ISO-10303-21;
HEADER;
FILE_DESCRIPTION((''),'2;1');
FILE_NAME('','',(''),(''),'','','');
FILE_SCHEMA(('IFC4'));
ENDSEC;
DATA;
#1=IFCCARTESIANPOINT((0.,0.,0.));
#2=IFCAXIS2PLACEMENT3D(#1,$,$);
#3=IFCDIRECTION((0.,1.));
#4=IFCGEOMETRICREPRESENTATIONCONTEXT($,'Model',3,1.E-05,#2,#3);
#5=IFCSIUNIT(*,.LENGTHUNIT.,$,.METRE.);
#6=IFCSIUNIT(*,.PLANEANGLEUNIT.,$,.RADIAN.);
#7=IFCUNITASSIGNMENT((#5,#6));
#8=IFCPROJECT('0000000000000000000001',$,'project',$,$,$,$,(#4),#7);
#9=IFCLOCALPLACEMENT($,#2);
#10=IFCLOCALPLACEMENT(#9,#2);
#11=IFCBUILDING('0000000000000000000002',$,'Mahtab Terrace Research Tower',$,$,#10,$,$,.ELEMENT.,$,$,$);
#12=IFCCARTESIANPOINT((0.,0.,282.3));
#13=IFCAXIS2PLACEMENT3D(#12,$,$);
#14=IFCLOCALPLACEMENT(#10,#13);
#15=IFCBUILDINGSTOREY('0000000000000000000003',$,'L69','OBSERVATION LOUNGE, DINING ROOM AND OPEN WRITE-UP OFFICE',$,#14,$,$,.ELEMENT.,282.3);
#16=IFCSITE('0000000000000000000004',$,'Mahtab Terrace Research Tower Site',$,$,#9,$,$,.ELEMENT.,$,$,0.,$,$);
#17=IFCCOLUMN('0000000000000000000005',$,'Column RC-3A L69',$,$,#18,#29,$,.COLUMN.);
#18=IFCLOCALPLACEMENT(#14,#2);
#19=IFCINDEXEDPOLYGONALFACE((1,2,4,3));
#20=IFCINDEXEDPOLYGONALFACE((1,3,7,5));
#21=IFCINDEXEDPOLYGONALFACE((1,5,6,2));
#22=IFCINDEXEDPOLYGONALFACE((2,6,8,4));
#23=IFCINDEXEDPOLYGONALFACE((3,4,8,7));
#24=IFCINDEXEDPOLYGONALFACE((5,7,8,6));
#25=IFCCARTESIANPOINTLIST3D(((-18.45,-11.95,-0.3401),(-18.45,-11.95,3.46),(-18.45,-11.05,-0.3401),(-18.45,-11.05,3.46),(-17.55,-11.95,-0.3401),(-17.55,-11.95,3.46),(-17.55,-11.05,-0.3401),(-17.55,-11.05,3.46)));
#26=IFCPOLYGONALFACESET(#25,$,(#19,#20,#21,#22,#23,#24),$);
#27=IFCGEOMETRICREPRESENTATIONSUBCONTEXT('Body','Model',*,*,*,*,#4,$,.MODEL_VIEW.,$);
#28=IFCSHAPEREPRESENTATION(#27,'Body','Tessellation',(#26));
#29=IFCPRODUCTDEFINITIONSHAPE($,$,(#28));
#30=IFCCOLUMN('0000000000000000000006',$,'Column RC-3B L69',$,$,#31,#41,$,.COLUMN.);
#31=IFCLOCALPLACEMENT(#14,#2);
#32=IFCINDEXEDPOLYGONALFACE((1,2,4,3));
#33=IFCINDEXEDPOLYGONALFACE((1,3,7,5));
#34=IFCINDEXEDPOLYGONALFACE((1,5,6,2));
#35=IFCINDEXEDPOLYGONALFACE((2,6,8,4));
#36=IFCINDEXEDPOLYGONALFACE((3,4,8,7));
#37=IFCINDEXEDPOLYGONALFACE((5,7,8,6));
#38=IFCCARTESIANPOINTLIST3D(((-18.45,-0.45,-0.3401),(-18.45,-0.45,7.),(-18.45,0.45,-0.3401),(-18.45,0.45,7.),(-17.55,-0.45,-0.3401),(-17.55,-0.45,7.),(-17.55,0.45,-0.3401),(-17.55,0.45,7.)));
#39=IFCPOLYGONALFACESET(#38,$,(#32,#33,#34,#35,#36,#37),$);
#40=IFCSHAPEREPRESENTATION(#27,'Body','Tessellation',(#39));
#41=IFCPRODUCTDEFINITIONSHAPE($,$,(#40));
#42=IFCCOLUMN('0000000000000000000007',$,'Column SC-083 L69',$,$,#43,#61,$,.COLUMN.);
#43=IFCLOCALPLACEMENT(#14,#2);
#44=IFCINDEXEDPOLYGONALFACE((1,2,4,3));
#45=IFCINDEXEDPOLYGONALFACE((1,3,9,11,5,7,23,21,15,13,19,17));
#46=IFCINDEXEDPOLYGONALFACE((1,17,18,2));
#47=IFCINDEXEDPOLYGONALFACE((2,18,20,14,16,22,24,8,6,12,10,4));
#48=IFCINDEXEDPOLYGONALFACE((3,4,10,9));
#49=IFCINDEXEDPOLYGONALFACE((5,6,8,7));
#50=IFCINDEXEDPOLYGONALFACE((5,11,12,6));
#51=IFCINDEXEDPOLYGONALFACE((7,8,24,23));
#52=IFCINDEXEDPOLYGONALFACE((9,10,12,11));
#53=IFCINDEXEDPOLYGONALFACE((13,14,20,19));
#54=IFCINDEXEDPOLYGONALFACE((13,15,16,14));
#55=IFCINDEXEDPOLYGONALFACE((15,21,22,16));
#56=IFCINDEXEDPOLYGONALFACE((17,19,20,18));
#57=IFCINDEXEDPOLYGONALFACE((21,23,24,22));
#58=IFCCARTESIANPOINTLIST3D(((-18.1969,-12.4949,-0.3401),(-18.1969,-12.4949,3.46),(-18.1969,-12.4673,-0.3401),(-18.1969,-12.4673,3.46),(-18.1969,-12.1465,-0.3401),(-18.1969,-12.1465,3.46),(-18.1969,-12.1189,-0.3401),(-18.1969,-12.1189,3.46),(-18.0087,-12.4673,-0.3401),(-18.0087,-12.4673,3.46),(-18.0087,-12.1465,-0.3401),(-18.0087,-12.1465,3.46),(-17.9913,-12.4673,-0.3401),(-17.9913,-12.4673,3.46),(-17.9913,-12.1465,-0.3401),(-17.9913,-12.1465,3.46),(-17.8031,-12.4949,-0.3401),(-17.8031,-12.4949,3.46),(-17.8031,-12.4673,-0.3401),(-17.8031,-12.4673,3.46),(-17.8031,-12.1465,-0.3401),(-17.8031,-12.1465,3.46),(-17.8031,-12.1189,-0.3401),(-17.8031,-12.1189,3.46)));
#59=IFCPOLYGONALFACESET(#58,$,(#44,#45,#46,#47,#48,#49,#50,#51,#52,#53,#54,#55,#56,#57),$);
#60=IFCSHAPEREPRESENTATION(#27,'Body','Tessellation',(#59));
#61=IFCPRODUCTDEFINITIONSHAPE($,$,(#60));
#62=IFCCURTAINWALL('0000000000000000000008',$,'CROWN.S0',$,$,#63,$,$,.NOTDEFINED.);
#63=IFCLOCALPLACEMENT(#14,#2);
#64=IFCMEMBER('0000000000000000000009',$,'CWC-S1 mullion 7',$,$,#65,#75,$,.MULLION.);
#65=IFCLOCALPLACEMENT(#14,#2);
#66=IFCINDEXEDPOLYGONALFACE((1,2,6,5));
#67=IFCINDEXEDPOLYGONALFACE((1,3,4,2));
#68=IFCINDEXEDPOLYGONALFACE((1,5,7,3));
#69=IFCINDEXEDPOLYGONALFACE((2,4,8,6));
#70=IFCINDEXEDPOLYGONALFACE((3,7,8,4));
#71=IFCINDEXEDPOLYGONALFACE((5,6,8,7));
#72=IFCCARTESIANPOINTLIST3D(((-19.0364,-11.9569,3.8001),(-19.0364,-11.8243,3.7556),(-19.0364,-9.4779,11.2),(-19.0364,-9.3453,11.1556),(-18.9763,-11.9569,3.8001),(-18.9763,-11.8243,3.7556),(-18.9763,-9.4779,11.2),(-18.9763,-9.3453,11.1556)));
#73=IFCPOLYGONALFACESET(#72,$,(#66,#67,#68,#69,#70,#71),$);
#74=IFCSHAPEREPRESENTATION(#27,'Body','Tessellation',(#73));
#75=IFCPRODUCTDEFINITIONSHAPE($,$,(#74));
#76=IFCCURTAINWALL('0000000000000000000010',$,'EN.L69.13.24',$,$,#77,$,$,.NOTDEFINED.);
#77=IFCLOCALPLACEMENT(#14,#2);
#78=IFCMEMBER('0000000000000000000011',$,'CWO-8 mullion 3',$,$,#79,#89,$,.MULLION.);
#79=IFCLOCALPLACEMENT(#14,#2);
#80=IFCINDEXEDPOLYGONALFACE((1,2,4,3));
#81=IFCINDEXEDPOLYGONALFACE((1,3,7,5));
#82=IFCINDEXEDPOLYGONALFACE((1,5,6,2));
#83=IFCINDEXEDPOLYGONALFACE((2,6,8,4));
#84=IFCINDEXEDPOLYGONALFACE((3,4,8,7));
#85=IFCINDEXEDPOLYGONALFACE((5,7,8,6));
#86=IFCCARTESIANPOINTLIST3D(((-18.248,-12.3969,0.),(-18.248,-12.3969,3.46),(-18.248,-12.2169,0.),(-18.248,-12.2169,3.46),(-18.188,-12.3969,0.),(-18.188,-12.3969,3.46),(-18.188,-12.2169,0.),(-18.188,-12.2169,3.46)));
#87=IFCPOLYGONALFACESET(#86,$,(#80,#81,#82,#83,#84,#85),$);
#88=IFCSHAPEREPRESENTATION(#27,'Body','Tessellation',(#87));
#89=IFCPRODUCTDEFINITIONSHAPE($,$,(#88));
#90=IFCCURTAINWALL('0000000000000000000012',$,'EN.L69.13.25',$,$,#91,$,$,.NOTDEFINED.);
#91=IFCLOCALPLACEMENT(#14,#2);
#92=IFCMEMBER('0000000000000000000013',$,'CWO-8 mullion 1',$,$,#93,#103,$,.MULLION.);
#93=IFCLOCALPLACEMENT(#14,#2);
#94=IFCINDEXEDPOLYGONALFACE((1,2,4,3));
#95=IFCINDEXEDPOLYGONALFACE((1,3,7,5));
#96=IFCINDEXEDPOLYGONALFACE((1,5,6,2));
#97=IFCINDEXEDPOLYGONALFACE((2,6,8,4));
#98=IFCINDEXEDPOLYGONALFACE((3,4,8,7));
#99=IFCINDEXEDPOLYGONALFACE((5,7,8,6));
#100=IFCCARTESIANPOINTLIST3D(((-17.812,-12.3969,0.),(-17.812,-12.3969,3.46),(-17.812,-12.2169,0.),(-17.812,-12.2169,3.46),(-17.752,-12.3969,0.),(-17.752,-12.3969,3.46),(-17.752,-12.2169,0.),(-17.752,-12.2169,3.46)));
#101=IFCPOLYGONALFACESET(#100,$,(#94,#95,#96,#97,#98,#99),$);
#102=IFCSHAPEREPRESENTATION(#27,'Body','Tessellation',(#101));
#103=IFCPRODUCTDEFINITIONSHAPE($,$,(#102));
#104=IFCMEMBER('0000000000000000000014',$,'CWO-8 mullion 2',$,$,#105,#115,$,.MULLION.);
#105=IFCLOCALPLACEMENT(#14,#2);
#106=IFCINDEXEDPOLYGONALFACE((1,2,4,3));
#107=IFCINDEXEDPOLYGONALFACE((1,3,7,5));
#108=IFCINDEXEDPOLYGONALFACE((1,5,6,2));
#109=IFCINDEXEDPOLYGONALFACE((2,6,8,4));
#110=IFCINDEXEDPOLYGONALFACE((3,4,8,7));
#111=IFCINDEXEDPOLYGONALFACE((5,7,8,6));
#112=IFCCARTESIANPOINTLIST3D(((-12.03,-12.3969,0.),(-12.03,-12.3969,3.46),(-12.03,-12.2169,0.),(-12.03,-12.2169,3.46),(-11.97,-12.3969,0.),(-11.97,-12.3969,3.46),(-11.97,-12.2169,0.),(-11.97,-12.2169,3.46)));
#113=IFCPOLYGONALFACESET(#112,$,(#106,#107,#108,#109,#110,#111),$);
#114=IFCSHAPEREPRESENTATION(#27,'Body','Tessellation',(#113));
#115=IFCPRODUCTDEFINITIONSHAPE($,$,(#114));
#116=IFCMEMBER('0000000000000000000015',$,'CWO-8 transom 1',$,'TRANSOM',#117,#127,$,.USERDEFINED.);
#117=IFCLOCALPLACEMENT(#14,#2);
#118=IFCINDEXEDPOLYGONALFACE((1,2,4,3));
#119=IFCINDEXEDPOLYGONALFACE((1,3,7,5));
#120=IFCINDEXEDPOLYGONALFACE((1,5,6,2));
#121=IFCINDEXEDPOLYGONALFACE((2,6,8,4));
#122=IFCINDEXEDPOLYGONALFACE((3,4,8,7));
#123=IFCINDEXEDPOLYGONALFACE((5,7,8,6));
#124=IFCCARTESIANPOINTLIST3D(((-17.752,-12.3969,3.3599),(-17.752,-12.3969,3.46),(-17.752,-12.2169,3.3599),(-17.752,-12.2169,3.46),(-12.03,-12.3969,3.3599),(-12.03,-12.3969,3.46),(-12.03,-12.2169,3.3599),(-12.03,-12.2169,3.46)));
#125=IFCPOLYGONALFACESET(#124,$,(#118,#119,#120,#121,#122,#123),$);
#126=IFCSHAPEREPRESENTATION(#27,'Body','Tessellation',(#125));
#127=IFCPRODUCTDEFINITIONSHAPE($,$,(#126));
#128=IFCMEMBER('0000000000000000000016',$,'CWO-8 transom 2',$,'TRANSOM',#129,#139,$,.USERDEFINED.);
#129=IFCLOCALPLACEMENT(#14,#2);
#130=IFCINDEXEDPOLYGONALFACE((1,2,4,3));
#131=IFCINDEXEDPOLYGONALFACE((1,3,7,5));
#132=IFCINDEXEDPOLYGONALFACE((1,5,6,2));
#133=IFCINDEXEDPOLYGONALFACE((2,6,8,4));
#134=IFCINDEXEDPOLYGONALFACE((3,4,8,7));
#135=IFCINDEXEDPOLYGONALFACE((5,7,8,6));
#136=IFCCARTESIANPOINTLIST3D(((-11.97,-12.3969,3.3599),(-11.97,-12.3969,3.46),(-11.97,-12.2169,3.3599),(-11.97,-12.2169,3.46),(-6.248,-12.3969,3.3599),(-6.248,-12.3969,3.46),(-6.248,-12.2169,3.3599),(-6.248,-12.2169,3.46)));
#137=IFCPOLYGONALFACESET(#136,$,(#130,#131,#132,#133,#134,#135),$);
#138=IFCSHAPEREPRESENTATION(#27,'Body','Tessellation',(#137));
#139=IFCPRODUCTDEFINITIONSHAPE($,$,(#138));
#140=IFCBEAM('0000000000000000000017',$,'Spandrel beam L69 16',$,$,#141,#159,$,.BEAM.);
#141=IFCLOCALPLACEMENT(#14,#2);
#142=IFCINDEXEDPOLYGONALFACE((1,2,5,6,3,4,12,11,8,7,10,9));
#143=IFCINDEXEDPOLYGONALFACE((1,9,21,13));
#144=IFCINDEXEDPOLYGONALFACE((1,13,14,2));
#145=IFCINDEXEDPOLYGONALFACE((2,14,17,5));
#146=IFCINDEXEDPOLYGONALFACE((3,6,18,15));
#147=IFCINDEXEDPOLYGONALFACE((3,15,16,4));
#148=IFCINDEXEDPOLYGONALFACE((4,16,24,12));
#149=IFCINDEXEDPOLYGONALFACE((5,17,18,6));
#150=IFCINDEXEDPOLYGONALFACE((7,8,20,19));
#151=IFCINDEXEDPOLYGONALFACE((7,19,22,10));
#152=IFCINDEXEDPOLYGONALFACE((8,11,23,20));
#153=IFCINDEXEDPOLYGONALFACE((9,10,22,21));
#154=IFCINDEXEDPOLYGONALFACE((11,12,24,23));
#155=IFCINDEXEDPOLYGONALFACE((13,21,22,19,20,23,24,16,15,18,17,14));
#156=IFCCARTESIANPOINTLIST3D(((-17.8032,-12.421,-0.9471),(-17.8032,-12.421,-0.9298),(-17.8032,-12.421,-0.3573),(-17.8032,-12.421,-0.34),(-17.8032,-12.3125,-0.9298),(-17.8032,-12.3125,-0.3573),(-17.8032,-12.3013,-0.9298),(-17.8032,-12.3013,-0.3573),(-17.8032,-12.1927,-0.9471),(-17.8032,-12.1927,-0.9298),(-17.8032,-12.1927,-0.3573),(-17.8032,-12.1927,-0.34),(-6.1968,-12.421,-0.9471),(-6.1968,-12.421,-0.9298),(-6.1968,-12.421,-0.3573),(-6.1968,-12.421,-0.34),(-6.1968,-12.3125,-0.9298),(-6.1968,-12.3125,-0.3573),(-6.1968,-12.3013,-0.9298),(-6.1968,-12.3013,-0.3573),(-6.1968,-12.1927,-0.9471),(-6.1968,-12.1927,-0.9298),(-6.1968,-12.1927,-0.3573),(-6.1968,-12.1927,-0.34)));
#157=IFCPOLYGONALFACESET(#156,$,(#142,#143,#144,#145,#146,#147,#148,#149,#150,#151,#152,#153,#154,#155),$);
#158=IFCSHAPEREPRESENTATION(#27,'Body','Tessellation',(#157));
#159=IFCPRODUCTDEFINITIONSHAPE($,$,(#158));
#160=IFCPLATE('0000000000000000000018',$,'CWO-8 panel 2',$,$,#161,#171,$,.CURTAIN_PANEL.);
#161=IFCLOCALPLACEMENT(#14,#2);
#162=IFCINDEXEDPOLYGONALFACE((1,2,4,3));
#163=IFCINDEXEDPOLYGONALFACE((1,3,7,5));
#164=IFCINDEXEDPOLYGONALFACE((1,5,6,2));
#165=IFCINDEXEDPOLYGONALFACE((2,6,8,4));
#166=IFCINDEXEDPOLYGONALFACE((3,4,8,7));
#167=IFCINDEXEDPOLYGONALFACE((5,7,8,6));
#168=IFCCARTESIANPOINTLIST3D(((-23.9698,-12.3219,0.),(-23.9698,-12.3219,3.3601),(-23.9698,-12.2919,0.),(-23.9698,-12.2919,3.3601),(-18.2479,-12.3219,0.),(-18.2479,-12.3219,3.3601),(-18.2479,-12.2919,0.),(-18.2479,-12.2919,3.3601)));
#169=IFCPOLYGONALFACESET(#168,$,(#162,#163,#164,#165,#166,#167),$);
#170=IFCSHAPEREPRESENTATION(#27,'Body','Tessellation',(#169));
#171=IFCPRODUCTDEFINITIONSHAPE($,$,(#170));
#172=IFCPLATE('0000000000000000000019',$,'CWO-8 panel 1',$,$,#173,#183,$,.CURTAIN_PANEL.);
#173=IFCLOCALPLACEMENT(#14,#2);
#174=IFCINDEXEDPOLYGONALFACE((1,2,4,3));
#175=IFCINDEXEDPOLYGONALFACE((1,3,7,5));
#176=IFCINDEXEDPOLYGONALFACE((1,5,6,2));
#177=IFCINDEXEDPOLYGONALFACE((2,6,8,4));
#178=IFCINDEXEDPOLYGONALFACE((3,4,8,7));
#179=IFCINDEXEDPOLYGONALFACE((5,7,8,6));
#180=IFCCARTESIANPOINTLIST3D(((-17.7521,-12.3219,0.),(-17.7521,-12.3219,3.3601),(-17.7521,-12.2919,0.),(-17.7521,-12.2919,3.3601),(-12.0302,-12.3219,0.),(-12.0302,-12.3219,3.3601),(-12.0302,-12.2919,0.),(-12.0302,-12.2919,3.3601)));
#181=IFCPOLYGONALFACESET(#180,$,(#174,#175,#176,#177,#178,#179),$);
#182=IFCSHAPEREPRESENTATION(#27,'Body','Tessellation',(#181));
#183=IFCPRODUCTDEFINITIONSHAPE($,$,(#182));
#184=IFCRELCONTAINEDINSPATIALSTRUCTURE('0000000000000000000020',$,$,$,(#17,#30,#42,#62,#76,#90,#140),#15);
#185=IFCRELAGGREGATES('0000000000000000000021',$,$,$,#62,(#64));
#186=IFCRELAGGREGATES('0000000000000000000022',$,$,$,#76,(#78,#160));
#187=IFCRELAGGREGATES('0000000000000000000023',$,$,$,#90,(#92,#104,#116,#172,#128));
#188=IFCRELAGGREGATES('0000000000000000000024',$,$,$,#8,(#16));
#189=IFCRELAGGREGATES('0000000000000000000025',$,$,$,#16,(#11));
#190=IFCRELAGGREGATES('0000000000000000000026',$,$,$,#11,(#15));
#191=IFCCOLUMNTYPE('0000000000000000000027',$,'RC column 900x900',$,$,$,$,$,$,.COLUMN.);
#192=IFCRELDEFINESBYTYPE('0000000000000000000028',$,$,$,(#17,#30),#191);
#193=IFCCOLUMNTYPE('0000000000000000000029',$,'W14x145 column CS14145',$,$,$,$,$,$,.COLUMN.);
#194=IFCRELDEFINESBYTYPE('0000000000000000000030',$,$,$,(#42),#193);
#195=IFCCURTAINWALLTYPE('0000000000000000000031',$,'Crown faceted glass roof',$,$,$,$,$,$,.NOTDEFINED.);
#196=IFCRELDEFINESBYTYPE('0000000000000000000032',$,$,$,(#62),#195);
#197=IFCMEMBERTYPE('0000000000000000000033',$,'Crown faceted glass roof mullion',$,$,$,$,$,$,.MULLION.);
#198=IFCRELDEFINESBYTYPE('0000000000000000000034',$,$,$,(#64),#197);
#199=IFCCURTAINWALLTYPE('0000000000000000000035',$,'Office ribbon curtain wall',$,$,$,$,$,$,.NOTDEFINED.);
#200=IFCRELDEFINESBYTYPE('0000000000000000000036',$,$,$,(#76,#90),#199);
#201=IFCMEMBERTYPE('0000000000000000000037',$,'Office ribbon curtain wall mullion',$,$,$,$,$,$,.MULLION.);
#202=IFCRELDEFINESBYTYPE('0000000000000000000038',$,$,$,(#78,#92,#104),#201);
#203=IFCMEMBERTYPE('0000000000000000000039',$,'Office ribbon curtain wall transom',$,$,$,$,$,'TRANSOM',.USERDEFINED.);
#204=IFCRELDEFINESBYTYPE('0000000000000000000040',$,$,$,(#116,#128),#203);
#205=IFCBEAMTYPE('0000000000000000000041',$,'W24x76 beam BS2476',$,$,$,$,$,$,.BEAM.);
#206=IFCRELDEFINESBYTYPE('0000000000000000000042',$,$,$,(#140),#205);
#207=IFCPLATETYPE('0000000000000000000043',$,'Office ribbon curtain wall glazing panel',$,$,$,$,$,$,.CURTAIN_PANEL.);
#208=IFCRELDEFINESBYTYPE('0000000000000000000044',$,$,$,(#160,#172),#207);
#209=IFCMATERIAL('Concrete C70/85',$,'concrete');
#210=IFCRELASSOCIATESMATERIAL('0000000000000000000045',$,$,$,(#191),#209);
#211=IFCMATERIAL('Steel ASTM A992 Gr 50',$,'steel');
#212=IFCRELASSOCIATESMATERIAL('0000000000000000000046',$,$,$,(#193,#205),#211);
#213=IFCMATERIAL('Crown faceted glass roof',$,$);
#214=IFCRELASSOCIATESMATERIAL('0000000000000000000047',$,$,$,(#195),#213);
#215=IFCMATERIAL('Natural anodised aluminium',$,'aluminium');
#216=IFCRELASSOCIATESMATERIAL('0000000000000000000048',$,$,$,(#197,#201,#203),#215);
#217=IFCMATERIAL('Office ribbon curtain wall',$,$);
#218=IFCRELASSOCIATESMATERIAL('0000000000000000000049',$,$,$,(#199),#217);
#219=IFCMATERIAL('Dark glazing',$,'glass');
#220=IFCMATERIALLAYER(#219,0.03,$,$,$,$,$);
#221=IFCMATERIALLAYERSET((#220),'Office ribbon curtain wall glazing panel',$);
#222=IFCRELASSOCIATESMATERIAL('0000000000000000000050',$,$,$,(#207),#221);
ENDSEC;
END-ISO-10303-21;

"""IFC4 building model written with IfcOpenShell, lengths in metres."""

from ifc_helpers import new_model, si_unit, direction, frame, origin, origin_2d, place, context, subcontext, project, spatial, rectangle, i_section, extrude, material, layer, layer_set, material_profile, profile_set, type_object, element, aggregate, save


model = new_model("IFC4")

# Units and contexts
model_context = context("Model", 3, precision=1e-05, world=origin(), true_north=direction((0.0, 1.0)))
body_context = subcontext(model_context, "Body", "Model", "MODEL_VIEW")
ifc_project = project(units=[si_unit("LENGTHUNIT", "METRE"), si_unit("PLANEANGLEUNIT", "RADIAN")], contexts=[model_context])

# Site, building, storey
site_placement = place(None, origin())
site = spatial("IfcSite", under=ifc_project, at=site_placement, Name="Mahtab Terrace Research Tower Site", CompositionType="ELEMENT", RefElevation=0.0)
building_placement = place(site_placement, origin())
building = spatial("IfcBuilding", under=site, at=building_placement, Name="Mahtab Terrace Research Tower", CompositionType="ELEMENT")
storey_placement = place(building_placement, frame((0.0, 0.0, 282.3)))
storey = spatial("IfcBuildingStorey", under=building, at=storey_placement, Name="L69", Description="OBSERVATION LOUNGE, DINING ROOM AND OPEN WRITE-UP OFFICE", CompositionType="ELEMENT", Elevation=282.3)

# Columns
ifc_material_1 = material(Name="Concrete C70/85", Category="concrete")
ifc_material_profile_1 = material_profile(ifc_material_1, rectangle(XDim=0.8999, YDim=0.8999, at=origin_2d()), Name="RC column 900x900")
ifc_profile_set_1 = profile_set([ifc_material_profile_1], Name="Concrete C70/85")
column_type_1 = type_object("IfcColumnType", Name="RC column 900x900", PredefinedType="COLUMN", material=ifc_profile_set_1)
column_1_placement = place(storey_placement, frame((-18.0, -11.5, -0.3401), z_axis=(0.0, 0.0, 1.0), x_axis=(1.0, 0.0, 0.0)))
element("IfcColumn", 1, at=column_1_placement, inside=storey, type_object=column_type_1, Name="Column RC-3A L69", PredefinedType="COLUMN", context=body_context, shape_type="SweptSolid", body=[
    extrude(rectangle(XDim=0.8999, YDim=0.8999, at=origin_2d()), origin(), (0.0, 0.0, 1.0), 3.8),
])
column_2_placement = place(storey_placement, frame((-18.0, 0.0, -0.3401), z_axis=(0.0, 0.0, 1.0), x_axis=(1.0, 0.0, 0.0)))
element("IfcColumn", 2, at=column_2_placement, inside=storey, type_object=column_type_1, Name="Column RC-3B L69", PredefinedType="COLUMN", context=body_context, shape_type="SweptSolid", body=[
    extrude(rectangle(XDim=0.8999, YDim=0.8999, at=origin_2d()), origin(), (0.0, 0.0, 1.0), 7.3401),
])
ifc_material_2 = material(Name="Steel ASTM A992 Gr 50", Category="steel")
ifc_material_profile_2 = material_profile(ifc_material_2, i_section(OverallWidth=0.3938, OverallDepth=0.376, WebThickness=0.0173, FlangeThickness=0.0276, at=origin_2d()), Name="W14X145")
ifc_profile_set_2 = profile_set([ifc_material_profile_2], Name="Steel ASTM A992 Gr 50")
column_type_2 = type_object("IfcColumnType", Name="W14x145 column CS14145", PredefinedType="COLUMN", material=ifc_profile_set_2)
column_3_placement = place(storey_placement, frame((-18.0, -12.3069, -0.3401), z_axis=(0.0, 0.0, 1.0), x_axis=(1.0, 0.0, 0.0)))
element("IfcColumn", 3, at=column_3_placement, inside=storey, type_object=column_type_2, Name="Column SC-083 L69", PredefinedType="COLUMN", context=body_context, shape_type="SweptSolid", body=[
    extrude(i_section(OverallWidth=0.3938, OverallDepth=0.376, WebThickness=0.0173, FlangeThickness=0.0276, at=origin_2d()), origin(), (0.0, 0.0, 1.0), 3.8),
])

# Curtain walls, members
ifc_material_3 = material(Name="Crown faceted glass roof")
curtain_wall_type_1 = type_object("IfcCurtainWallType", Name="Crown faceted glass roof", PredefinedType="NOTDEFINED", material=ifc_material_3)
curtain_wall_1_placement = place(storey_placement, origin())
curtain_wall_1 = element("IfcCurtainWall", 4, at=curtain_wall_1_placement, inside=storey, type_object=curtain_wall_type_1, Name="CROWN.S0", PredefinedType="NOTDEFINED")
ifc_material_4 = material(Name="Natural anodised aluminium", Category="aluminium")
ifc_material_profile_3 = material_profile(ifc_material_4, rectangle(XDim=0.0601, YDim=0.1399, at=origin_2d()), Name="MULLION 60x140")
ifc_profile_set_3 = profile_set([ifc_material_profile_3], Name="Natural anodised aluminium")
member_type_1 = type_object("IfcMemberType", Name="Crown faceted glass roof mullion", PredefinedType="MULLION", material=ifc_profile_set_3)
member_1_placement = place(storey_placement, frame((-19.0063, -11.8906, 3.7778), z_axis=(0.0, 0.317654, 0.948207), x_axis=(-1.0, 0.0, 0.0)))
member_1 = element("IfcMember", 5, at=member_1_placement, type_object=member_type_1, Name="CWC-S1 mullion 7", PredefinedType="MULLION", context=body_context, shape_type="SweptSolid", body=[
    extrude(rectangle(XDim=0.0601, YDim=0.1399, at=origin_2d()), origin(), (0.0, 0.0, 1.0), 7.8042),
])
aggregate(curtain_wall_1, [member_1])
ifc_material_5 = material(Name="Office ribbon curtain wall")
curtain_wall_type_2 = type_object("IfcCurtainWallType", Name="Office ribbon curtain wall", PredefinedType="NOTDEFINED", material=ifc_material_5)
curtain_wall_2_placement = place(storey_placement, origin())
curtain_wall_2 = element("IfcCurtainWall", 6, at=curtain_wall_2_placement, inside=storey, type_object=curtain_wall_type_2, Name="EN.L69.13.24", PredefinedType="NOTDEFINED")
ifc_material_profile_4 = material_profile(ifc_material_4, rectangle(XDim=0.1799, YDim=0.0601, at=origin_2d()), Name="MULLION 60x180")
ifc_profile_set_4 = profile_set([ifc_material_profile_4], Name="Natural anodised aluminium")
member_type_2 = type_object("IfcMemberType", Name="Office ribbon curtain wall mullion", PredefinedType="MULLION", material=ifc_profile_set_4)
member_2_placement = place(storey_placement, frame((-18.218, -12.3069, 0.0), z_axis=(0.0, 0.0, 1.0), x_axis=(0.0, 1.0, 0.0)))
member_2 = element("IfcMember", 7, at=member_2_placement, type_object=member_type_2, Name="CWO-8 mullion 3", PredefinedType="MULLION", context=body_context, shape_type="SweptSolid", body=[
    extrude(rectangle(XDim=0.1799, YDim=0.0601, at=origin_2d()), origin(), (0.0, 0.0, 1.0), 3.46),
])

# Curtain wall, members
curtain_wall_3_placement = place(storey_placement, origin())
curtain_wall_3 = element("IfcCurtainWall", 8, at=curtain_wall_3_placement, inside=storey, type_object=curtain_wall_type_2, Name="EN.L69.13.25", PredefinedType="NOTDEFINED")
member_3_placement = place(storey_placement, frame((-17.782, -12.3069, 0.0), z_axis=(0.0, 0.0, 1.0), x_axis=(0.0, 1.0, 0.0)))
member_3 = element("IfcMember", 9, at=member_3_placement, type_object=member_type_2, Name="CWO-8 mullion 1", PredefinedType="MULLION", context=body_context, shape_type="SweptSolid", body=[
    extrude(rectangle(XDim=0.1799, YDim=0.0601, at=origin_2d()), origin(), (0.0, 0.0, 1.0), 3.46),
])
member_4_placement = place(storey_placement, frame((-12.0, -12.3069, 0.0), z_axis=(0.0, 0.0, 1.0), x_axis=(0.0, 1.0, 0.0)))
member_4 = element("IfcMember", 10, at=member_4_placement, type_object=member_type_2, Name="CWO-8 mullion 2", PredefinedType="MULLION", context=body_context, shape_type="SweptSolid", body=[
    extrude(rectangle(XDim=0.1799, YDim=0.0601, at=origin_2d()), origin(), (0.0, 0.0, 1.0), 3.46),
])
ifc_material_profile_5 = material_profile(ifc_material_4, rectangle(XDim=0.1799, YDim=0.1001, at=origin_2d()), Name="TRANSOM 100x180")
ifc_profile_set_5 = profile_set([ifc_material_profile_5], Name="Natural anodised aluminium")
member_type_3 = type_object("IfcMemberType", Name="Office ribbon curtain wall transom", ElementType="TRANSOM", PredefinedType="USERDEFINED", material=ifc_profile_set_5)
member_5_placement = place(storey_placement, frame((-17.752, -12.3069, 3.4099), z_axis=(1.0, 0.0, 0.0), x_axis=(0.0, 1.0, 0.0)))
member_5 = element("IfcMember", 11, at=member_5_placement, type_object=member_type_3, Name="CWO-8 transom 1", ObjectType="TRANSOM", PredefinedType="USERDEFINED", context=body_context, shape_type="SweptSolid", body=[
    extrude(rectangle(XDim=0.1799, YDim=0.1001, at=origin_2d()), origin(), (0.0, 0.0, 1.0), 5.7219),
])
member_6_placement = place(storey_placement, frame((-11.97, -12.3069, 3.4099), z_axis=(1.0, 0.0, 0.0), x_axis=(0.0, 1.0, 0.0)))
member_6 = element("IfcMember", 12, at=member_6_placement, type_object=member_type_3, Name="CWO-8 transom 2", ObjectType="TRANSOM", PredefinedType="USERDEFINED", context=body_context, shape_type="SweptSolid", body=[
    extrude(rectangle(XDim=0.1799, YDim=0.1001, at=origin_2d()), origin(), (0.0, 0.0, 1.0), 5.7219),
])

# Beam
ifc_material_profile_6 = material_profile(ifc_material_2, i_section(OverallWidth=0.2283, OverallDepth=0.6072, WebThickness=0.0112, FlangeThickness=0.0173, at=origin_2d()), Name="W24X76")
ifc_profile_set_6 = profile_set([ifc_material_profile_6], Name="Steel ASTM A992 Gr 50")
beam_type = type_object("IfcBeamType", Name="W24x76 beam BS2476", PredefinedType="BEAM", material=ifc_profile_set_6)
beam_placement = place(storey_placement, frame((-17.8032, -12.3069, -0.6436), z_axis=(1.0, 0.0, 0.0), x_axis=(0.0, 1.0, 0.0)))
element("IfcBeam", 13, at=beam_placement, inside=storey, type_object=beam_type, Name="Spandrel beam L69 16", PredefinedType="BEAM", context=body_context, shape_type="SweptSolid", body=[
    extrude(i_section(OverallWidth=0.2283, OverallDepth=0.6072, WebThickness=0.0112, FlangeThickness=0.0173, at=origin_2d()), origin(), (0.0, 0.0, 1.0), 11.6064),
])

# Plates
ifc_material_6 = material(Name="Dark glazing", Category="glass")
ifc_layer_1 = layer(ifc_material_6, 0.03)
ifc_layer_set_1 = layer_set([ifc_layer_1], Name="Office ribbon curtain wall glazing panel")
plate_type = type_object("IfcPlateType", Name="Office ribbon curtain wall glazing panel", PredefinedType="CURTAIN_PANEL", material=ifc_layer_set_1)
plate_1_placement = place(storey_placement, frame((-21.1089, -12.3069, 0.0), z_axis=(0.0, 0.0, 1.0), x_axis=(1.0, 0.0, 0.0)))
plate_1 = element("IfcPlate", 14, at=plate_1_placement, type_object=plate_type, Name="CWO-8 panel 2", PredefinedType="CURTAIN_PANEL", context=body_context, shape_type="SweptSolid", body=[
    extrude(rectangle(XDim=5.7219, YDim=0.03, at=origin_2d()), origin(), (0.0, 0.0, 1.0), 3.3601),
])
aggregate(curtain_wall_2, [member_2, plate_1])
plate_2_placement = place(storey_placement, frame((-14.8911, -12.3069, 0.0), z_axis=(0.0, 0.0, 1.0), x_axis=(1.0, 0.0, 0.0)))
plate_2 = element("IfcPlate", 15, at=plate_2_placement, type_object=plate_type, Name="CWO-8 panel 1", PredefinedType="CURTAIN_PANEL", context=body_context, shape_type="SweptSolid", body=[
    extrude(rectangle(XDim=5.7219, YDim=0.03, at=origin_2d()), origin(), (0.0, 0.0, 1.0), 3.3601),
])
aggregate(curtain_wall_3, [member_3, member_4, member_5, plate_2, member_6])

save(model, "model.ifc")
